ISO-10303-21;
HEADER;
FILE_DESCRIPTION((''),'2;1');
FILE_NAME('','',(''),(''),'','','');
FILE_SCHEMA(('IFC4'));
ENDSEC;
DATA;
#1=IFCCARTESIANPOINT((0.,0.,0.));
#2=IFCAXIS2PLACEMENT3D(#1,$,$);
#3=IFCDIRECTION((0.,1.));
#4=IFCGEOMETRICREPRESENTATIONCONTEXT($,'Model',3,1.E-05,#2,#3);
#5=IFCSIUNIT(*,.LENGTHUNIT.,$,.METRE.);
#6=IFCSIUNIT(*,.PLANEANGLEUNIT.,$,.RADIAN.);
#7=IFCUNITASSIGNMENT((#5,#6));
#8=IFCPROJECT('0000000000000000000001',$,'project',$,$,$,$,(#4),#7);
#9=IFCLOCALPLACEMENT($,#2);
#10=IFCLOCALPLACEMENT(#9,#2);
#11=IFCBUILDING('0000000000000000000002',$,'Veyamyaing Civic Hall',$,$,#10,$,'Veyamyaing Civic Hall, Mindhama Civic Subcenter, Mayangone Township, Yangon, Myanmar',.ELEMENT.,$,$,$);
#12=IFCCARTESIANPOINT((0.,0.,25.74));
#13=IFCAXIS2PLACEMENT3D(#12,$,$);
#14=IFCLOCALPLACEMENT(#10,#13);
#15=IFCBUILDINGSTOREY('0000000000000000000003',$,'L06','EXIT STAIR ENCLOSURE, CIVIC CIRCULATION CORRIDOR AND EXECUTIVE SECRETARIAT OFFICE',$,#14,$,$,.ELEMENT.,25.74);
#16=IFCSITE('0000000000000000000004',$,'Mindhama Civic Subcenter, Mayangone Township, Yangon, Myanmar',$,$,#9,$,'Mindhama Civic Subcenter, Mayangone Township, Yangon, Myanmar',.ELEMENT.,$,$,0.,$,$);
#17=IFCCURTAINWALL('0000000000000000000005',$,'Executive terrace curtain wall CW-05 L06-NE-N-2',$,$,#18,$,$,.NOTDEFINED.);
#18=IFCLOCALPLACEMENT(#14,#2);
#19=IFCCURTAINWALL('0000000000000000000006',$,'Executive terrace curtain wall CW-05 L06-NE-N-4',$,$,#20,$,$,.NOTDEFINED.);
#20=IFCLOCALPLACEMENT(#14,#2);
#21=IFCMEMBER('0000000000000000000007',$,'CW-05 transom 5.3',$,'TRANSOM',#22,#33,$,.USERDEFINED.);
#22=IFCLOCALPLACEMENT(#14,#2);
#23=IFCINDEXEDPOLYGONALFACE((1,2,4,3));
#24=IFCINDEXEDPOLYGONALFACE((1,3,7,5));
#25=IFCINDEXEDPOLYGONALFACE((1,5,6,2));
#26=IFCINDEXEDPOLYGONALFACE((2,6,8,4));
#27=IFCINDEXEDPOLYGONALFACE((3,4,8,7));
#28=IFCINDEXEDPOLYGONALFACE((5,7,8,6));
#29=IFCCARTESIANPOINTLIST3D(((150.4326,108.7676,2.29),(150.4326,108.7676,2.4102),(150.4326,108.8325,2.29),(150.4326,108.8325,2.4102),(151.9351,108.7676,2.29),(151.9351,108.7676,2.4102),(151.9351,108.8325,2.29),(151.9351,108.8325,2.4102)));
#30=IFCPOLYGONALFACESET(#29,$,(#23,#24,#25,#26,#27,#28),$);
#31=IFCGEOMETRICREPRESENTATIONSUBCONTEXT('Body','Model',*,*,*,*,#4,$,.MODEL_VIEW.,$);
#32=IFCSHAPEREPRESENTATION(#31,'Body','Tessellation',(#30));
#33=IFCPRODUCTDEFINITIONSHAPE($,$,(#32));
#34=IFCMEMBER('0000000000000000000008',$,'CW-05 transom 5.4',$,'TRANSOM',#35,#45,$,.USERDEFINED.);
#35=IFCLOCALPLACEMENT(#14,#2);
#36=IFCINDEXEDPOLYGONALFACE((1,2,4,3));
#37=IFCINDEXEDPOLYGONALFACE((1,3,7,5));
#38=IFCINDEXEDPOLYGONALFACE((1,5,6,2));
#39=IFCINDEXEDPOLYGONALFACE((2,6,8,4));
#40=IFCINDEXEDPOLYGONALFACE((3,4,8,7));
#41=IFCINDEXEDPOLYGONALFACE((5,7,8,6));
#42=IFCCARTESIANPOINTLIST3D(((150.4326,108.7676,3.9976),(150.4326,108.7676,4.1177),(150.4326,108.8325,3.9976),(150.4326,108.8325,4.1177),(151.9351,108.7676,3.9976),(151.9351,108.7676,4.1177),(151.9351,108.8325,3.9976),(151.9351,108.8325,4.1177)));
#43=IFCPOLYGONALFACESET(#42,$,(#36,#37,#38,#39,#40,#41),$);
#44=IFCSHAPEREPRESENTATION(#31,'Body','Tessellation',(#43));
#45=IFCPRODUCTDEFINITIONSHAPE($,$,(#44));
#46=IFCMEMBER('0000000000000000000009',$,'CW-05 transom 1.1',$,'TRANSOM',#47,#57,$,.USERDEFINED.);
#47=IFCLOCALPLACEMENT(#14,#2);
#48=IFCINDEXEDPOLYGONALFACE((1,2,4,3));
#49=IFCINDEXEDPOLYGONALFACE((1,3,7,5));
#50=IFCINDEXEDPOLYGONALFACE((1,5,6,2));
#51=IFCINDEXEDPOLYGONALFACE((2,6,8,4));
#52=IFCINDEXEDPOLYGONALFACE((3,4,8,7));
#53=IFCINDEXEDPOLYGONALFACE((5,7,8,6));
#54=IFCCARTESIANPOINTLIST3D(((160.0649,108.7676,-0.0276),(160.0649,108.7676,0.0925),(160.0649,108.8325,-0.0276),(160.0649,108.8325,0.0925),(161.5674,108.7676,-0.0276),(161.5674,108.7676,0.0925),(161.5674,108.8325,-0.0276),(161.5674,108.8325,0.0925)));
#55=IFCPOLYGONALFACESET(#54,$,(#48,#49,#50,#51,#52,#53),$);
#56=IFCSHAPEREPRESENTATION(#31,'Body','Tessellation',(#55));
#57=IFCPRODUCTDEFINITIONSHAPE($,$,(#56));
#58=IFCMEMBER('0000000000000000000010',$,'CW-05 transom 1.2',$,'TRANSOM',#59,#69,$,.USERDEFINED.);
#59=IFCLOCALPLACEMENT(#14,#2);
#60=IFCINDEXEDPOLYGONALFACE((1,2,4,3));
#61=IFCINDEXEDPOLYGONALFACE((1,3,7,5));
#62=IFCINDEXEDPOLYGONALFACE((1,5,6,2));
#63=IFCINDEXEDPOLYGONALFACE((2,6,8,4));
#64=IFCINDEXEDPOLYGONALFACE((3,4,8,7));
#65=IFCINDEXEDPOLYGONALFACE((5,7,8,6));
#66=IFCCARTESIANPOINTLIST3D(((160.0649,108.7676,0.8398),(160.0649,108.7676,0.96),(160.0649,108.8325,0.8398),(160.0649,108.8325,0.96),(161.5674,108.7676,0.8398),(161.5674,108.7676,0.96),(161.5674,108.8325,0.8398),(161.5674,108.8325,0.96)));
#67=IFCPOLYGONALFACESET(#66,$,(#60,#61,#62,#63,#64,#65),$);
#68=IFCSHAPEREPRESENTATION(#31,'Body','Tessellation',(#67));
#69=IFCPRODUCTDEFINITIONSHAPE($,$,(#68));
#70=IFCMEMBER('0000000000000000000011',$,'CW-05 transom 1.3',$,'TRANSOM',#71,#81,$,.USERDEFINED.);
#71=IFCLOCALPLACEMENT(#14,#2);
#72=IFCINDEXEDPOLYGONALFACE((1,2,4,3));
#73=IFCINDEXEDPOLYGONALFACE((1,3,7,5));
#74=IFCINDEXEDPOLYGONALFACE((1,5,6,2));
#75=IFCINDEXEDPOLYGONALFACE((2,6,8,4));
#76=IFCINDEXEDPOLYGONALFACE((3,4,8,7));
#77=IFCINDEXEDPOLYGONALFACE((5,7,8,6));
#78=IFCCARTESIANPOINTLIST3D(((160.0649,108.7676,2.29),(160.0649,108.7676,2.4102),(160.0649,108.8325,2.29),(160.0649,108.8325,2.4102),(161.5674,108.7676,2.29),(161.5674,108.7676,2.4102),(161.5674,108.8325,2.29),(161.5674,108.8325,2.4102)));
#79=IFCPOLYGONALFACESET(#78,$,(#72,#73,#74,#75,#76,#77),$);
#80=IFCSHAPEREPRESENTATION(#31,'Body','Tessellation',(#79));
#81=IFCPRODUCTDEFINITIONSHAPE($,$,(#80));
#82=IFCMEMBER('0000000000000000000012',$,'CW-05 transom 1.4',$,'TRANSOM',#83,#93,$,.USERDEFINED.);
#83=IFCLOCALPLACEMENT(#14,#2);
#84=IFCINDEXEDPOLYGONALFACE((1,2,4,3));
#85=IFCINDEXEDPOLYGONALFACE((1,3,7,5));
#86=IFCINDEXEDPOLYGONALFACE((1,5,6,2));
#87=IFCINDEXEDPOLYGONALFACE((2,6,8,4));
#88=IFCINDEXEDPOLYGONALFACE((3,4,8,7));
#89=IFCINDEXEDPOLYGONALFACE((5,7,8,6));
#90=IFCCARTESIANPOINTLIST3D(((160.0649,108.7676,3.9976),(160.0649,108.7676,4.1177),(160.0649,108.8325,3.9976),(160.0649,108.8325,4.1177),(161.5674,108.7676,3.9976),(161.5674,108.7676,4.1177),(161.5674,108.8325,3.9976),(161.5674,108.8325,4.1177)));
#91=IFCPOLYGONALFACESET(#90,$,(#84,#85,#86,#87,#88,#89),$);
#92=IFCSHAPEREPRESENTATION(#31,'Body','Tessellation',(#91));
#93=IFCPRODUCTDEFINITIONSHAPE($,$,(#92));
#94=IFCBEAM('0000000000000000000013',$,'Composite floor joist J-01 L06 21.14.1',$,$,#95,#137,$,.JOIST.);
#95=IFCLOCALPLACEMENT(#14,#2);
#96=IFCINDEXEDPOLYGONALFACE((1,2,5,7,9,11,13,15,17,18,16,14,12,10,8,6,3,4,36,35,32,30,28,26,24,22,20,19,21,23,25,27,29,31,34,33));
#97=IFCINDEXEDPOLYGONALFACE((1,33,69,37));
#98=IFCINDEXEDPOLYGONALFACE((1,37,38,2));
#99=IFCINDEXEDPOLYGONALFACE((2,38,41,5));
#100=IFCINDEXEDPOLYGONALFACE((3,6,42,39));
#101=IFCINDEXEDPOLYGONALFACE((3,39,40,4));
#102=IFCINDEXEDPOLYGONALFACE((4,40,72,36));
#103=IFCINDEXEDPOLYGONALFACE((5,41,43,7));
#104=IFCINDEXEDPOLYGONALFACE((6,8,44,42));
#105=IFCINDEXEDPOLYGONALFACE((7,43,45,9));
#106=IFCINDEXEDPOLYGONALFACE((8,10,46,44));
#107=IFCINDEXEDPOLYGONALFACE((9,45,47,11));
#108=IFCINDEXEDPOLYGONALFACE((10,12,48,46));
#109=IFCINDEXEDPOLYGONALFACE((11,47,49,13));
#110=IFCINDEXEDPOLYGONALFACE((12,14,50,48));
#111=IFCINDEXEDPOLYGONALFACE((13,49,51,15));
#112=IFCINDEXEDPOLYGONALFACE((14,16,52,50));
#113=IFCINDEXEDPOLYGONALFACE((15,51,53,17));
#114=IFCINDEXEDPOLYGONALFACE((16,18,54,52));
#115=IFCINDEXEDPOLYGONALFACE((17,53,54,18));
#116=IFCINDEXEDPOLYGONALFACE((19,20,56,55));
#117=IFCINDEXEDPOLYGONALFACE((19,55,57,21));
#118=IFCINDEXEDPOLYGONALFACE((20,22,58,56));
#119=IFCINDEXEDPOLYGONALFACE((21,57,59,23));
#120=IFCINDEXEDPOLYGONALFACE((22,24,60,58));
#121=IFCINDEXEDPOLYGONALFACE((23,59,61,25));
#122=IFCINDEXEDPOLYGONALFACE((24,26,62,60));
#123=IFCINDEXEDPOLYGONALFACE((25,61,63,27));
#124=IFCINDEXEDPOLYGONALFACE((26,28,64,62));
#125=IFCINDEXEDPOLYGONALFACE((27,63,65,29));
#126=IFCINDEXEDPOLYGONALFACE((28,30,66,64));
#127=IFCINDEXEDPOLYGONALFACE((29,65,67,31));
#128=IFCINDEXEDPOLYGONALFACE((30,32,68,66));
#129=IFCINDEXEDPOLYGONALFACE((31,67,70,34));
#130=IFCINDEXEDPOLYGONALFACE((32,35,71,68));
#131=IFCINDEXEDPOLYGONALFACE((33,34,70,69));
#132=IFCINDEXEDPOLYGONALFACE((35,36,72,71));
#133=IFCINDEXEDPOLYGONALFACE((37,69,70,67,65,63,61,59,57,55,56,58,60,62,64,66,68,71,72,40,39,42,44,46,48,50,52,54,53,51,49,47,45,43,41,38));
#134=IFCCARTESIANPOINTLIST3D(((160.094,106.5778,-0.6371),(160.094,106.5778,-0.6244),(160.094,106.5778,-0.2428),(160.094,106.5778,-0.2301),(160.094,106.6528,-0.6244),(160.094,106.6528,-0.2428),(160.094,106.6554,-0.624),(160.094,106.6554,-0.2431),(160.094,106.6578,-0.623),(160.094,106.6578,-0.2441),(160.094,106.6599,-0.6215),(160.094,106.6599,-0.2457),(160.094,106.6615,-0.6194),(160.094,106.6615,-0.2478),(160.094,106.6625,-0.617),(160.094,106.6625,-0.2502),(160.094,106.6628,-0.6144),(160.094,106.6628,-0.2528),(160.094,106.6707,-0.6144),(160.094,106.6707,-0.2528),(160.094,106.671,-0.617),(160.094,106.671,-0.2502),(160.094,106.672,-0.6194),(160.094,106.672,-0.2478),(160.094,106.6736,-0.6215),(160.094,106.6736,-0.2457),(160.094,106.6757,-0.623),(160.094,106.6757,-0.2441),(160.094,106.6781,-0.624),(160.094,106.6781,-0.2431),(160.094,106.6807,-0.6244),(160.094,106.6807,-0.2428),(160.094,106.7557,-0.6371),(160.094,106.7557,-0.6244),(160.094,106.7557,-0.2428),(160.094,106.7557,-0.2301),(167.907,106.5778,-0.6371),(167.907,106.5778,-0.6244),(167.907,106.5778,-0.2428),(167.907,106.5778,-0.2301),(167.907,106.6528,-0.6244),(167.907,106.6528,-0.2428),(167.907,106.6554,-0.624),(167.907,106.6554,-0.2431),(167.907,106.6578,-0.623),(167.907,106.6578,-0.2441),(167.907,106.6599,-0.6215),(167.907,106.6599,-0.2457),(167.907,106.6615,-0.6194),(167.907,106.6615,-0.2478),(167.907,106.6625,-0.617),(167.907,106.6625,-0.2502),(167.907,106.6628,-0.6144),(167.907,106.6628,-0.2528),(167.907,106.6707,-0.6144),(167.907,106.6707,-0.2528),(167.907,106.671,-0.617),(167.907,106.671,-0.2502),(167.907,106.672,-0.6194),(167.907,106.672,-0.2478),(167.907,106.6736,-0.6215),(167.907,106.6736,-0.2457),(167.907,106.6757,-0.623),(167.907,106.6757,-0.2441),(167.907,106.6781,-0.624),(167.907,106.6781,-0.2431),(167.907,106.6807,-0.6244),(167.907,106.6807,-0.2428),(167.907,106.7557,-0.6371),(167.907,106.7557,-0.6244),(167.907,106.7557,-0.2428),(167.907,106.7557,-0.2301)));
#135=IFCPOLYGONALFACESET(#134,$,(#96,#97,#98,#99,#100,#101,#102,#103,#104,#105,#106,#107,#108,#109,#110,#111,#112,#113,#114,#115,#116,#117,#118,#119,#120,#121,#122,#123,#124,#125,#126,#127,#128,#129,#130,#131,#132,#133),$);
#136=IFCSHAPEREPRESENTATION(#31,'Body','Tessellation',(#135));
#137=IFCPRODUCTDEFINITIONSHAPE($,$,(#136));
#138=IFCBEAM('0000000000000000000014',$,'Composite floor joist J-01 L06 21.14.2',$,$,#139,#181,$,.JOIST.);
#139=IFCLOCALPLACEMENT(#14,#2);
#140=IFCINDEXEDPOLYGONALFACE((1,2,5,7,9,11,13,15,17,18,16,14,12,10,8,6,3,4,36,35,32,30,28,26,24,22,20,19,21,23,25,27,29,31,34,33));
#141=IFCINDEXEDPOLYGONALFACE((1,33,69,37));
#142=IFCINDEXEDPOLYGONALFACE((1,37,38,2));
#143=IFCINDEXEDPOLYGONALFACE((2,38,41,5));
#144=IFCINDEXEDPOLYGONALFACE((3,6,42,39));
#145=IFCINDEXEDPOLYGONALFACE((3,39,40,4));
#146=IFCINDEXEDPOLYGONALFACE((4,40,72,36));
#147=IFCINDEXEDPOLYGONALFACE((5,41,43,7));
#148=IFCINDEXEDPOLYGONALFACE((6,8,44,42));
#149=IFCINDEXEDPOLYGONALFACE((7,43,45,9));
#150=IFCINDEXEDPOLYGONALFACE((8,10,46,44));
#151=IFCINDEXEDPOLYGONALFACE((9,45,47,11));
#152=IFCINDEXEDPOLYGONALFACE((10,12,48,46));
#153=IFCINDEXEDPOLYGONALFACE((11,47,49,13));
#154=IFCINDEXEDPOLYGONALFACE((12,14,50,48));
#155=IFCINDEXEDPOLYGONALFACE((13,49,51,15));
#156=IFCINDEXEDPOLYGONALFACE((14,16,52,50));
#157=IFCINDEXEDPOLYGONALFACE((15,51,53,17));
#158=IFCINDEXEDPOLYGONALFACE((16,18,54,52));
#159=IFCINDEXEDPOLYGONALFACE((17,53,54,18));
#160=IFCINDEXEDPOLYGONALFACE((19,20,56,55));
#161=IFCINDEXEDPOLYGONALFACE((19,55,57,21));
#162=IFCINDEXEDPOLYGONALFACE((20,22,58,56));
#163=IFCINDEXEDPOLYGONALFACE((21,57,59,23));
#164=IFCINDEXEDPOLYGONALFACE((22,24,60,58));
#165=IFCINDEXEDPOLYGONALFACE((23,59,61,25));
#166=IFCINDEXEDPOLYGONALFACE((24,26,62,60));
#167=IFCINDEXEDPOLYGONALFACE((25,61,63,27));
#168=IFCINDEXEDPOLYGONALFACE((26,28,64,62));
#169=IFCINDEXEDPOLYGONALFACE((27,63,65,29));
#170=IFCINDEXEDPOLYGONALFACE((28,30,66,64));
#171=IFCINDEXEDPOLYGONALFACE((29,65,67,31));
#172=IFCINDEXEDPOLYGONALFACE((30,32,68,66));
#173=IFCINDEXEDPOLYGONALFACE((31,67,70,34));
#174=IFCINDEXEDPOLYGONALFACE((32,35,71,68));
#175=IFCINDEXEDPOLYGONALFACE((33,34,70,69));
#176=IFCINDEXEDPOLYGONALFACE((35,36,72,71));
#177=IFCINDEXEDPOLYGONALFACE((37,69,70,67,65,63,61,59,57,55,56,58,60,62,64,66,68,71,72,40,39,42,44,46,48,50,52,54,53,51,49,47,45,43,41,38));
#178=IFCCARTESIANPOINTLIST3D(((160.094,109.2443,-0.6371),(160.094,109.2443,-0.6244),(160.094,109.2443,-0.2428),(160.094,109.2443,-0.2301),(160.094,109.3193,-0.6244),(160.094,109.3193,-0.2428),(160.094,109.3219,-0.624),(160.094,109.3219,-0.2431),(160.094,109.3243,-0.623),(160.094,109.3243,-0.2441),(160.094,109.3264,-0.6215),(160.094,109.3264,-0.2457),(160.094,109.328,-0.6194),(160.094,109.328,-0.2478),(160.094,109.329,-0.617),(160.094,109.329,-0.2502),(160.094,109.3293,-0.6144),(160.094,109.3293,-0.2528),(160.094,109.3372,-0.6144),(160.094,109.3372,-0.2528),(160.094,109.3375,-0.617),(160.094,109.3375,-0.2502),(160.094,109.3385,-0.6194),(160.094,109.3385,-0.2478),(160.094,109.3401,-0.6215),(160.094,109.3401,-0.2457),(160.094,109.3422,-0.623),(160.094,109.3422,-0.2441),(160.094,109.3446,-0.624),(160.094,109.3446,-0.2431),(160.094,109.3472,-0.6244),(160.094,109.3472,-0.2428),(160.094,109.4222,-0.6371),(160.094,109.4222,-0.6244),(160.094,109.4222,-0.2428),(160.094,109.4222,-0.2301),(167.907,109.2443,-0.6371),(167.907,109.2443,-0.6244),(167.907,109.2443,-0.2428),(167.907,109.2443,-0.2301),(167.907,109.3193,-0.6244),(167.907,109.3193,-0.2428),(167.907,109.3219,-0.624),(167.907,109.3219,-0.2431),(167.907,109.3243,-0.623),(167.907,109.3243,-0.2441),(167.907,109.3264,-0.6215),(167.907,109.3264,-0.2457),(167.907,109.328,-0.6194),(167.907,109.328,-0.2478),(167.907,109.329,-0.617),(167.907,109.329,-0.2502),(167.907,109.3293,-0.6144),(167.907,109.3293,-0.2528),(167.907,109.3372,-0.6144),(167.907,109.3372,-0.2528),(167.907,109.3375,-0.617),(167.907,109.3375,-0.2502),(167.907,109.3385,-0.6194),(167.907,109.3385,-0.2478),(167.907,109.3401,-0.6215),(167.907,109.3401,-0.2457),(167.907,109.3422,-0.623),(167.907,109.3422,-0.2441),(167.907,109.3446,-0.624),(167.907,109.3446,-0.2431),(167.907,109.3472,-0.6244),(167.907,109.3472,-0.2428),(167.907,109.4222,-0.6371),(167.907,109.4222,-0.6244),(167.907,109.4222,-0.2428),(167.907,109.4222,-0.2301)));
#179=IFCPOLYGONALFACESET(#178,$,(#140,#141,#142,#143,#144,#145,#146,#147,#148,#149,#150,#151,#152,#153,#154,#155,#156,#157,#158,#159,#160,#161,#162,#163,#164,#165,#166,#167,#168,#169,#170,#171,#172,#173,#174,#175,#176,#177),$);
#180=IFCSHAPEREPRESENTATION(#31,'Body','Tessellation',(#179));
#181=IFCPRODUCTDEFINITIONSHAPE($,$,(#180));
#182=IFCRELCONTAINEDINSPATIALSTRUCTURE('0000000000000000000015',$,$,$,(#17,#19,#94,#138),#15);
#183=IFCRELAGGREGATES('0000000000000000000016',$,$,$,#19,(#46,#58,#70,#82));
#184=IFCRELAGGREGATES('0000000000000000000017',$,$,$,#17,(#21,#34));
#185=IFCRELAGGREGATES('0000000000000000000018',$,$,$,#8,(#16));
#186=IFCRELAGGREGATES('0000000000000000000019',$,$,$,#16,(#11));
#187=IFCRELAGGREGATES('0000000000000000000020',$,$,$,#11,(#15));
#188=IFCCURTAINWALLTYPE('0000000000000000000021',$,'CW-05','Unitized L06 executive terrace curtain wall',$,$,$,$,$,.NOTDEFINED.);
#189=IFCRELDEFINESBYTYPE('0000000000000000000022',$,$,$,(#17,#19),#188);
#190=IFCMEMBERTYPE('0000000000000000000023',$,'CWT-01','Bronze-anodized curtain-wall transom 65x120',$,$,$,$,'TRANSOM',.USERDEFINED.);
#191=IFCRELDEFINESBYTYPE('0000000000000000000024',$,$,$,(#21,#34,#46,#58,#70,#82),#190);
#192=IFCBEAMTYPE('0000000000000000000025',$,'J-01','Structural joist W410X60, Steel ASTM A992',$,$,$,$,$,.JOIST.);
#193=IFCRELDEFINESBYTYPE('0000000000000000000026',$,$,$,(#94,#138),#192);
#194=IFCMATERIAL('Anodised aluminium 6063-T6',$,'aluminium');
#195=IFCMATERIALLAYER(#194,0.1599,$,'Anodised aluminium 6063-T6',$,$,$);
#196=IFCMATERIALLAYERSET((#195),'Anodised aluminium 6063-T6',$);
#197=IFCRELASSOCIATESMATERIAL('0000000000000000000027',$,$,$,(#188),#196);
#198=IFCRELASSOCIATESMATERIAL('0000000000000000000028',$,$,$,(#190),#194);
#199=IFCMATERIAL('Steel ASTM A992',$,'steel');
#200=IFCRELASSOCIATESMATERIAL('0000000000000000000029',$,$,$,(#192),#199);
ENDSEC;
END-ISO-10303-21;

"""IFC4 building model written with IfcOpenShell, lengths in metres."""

from ifc_helpers import new_model, si_unit, direction, frame, origin, origin_2d, place, context, subcontext, project, spatial, rectangle, i_section, extrude, material, layer, layer_set, material_profile, profile_set, type_object, element, aggregate, save


model = new_model("IFC4")

# Units and contexts
model_context = context("Model", 3, precision=1e-05, world=origin(), true_north=direction((0.0, 1.0)))
body_context = subcontext(model_context, "Body", "Model", "MODEL_VIEW")
ifc_project = project(units=[si_unit("LENGTHUNIT", "METRE"), si_unit("PLANEANGLEUNIT", "RADIAN")], contexts=[model_context])

# Site, building, storey
site_placement = place(None, origin())
site = spatial("IfcSite", under=ifc_project, at=site_placement, Name="Mindhama Civic Subcenter, Mayangone Township, Yangon, Myanmar", LongName="Mindhama Civic Subcenter, Mayangone Township, Yangon, Myanmar", CompositionType="ELEMENT", RefElevation=0.0)
building_placement = place(site_placement, origin())
building = spatial("IfcBuilding", under=site, at=building_placement, Name="Veyamyaing Civic Hall", LongName="Veyamyaing Civic Hall, Mindhama Civic Subcenter, Mayangone Township, Yangon, Myanmar", CompositionType="ELEMENT")
storey_placement = place(building_placement, frame((0.0, 0.0, 25.74)))
storey = spatial("IfcBuildingStorey", under=building, at=storey_placement, Name="L06", Description="EXIT STAIR ENCLOSURE, CIVIC CIRCULATION CORRIDOR AND EXECUTIVE SECRETARIAT OFFICE", CompositionType="ELEMENT", Elevation=25.74)

# Shared definitions
ifc_material_1 = material(Name="Steel ASTM A992", Category="steel")

# Curtain walls
ifc_material_2 = material(Name="Anodised aluminium 6063-T6", Category="aluminium")
ifc_layer_1 = layer(ifc_material_2, 0.1599, Name="Anodised aluminium 6063-T6")
ifc_layer_set_1 = layer_set([ifc_layer_1], Name="Anodised aluminium 6063-T6")
curtain_wall_type = type_object("IfcCurtainWallType", Name="CW-05", Description="Unitized L06 executive terrace curtain wall", PredefinedType="NOTDEFINED", material=ifc_layer_set_1)
curtain_wall_1_placement = place(storey_placement, origin())
curtain_wall_1 = element("IfcCurtainWall", 1, at=curtain_wall_1_placement, inside=storey, type_object=curtain_wall_type, Name="Executive terrace curtain wall CW-05 L06-NE-N-2", PredefinedType="NOTDEFINED")
curtain_wall_2_placement = place(storey_placement, origin())
curtain_wall_2 = element("IfcCurtainWall", 2, at=curtain_wall_2_placement, inside=storey, type_object=curtain_wall_type, Name="Executive terrace curtain wall CW-05 L06-NE-N-4", PredefinedType="NOTDEFINED")

# Members
ifc_material_profile_1 = material_profile(ifc_material_2, rectangle(XDim=0.0649, YDim=0.1201, at=origin_2d()), Name="ALU-TRN-65X120")
ifc_profile_set_1 = profile_set([ifc_material_profile_1], Name="Anodised aluminium 6063-T6")
member_type_1 = type_object("IfcMemberType", Name="CWT-01", Description="Bronze-anodized curtain-wall transom 65x120", ElementType="TRANSOM", PredefinedType="USERDEFINED", material=ifc_profile_set_1)
member_1_placement = place(storey_placement, frame((150.4326, 108.8, 2.3501), z_axis=(1.0, 0.0, 0.0), x_axis=(0.0, 1.0, 0.0)))
member_1 = element("IfcMember", 3, at=member_1_placement, type_object=member_type_1, Name="CW-05 transom 5.3", ObjectType="TRANSOM", PredefinedType="USERDEFINED", context=body_context, shape_type="SweptSolid", body=[
    extrude(rectangle(XDim=0.0649, YDim=0.1201, at=origin_2d()), origin(), (0.0, 0.0, 1.0), 1.5024),
])
member_2_placement = place(storey_placement, frame((150.4326, 108.8, 4.0576), z_axis=(1.0, 0.0, 0.0), x_axis=(0.0, 1.0, 0.0)))
member_2 = element("IfcMember", 4, at=member_2_placement, type_object=member_type_1, Name="CW-05 transom 5.4", ObjectType="TRANSOM", PredefinedType="USERDEFINED", context=body_context, shape_type="SweptSolid", body=[
    extrude(rectangle(XDim=0.0649, YDim=0.1201, at=origin_2d()), origin(), (0.0, 0.0, 1.0), 1.5024),
])
member_3_placement = place(storey_placement, frame((160.0649, 108.8, 0.0325), z_axis=(1.0, 0.0, 0.0), x_axis=(0.0, 1.0, 0.0)))
member_3 = element("IfcMember", 5, at=member_3_placement, type_object=member_type_1, Name="CW-05 transom 1.1", ObjectType="TRANSOM", PredefinedType="USERDEFINED", context=body_context, shape_type="SweptSolid", body=[
    extrude(rectangle(XDim=0.0649, YDim=0.1201, at=origin_2d()), origin(), (0.0, 0.0, 1.0), 1.5024),
])
member_4_placement = place(storey_placement, frame((160.0649, 108.8, 0.8999), z_axis=(1.0, 0.0, 0.0), x_axis=(0.0, 1.0, 0.0)))
member_4 = element("IfcMember", 6, at=member_4_placement, type_object=member_type_1, Name="CW-05 transom 1.2", ObjectType="TRANSOM", PredefinedType="USERDEFINED", context=body_context, shape_type="SweptSolid", body=[
    extrude(rectangle(XDim=0.0649, YDim=0.1201, at=origin_2d()), origin(), (0.0, 0.0, 1.0), 1.5024),
])
member_5_placement = place(storey_placement, frame((160.0649, 108.8, 2.3501), z_axis=(1.0, 0.0, 0.0), x_axis=(0.0, 1.0, 0.0)))
member_5 = element("IfcMember", 7, at=member_5_placement, type_object=member_type_1, Name="CW-05 transom 1.3", ObjectType="TRANSOM", PredefinedType="USERDEFINED", context=body_context, shape_type="SweptSolid", body=[
    extrude(rectangle(XDim=0.0649, YDim=0.1201, at=origin_2d()), origin(), (0.0, 0.0, 1.0), 1.5024),
])
member_6_placement = place(storey_placement, frame((160.0649, 108.8, 4.0576), z_axis=(1.0, 0.0, 0.0), x_axis=(0.0, 1.0, 0.0)))
member_6 = element("IfcMember", 8, at=member_6_placement, type_object=member_type_1, Name="CW-05 transom 1.4", ObjectType="TRANSOM", PredefinedType="USERDEFINED", context=body_context, shape_type="SweptSolid", body=[
    extrude(rectangle(XDim=0.0649, YDim=0.1201, at=origin_2d()), origin(), (0.0, 0.0, 1.0), 1.5024),
])
aggregate(curtain_wall_2, [member_3, member_4, member_5, member_6])

# Beams
ifc_material_profile_2 = material_profile(ifc_material_1, i_section(OverallWidth=0.178, OverallDepth=0.407, WebThickness=0.0078, FlangeThickness=0.0127, FilletRadius=0.01, at=origin_2d()), Name="W410X60")
ifc_profile_set_2 = profile_set([ifc_material_profile_2], Name="Steel ASTM A992")
beam_type_1 = type_object("IfcBeamType", Name="J-01", Description="Structural joist W410X60, Steel ASTM A992", PredefinedType="JOIST", material=ifc_profile_set_2)
for number, where, z_axis, x_axis, name in (
    (9, (160.094, 106.6667, -0.4336), (1.0, 0.0, 0.0), (0.0, 1.0, 0.0), "Composite floor joist J-01 L06 21.14.1"),
    (10, (160.094, 109.3333, -0.4336), (1.0, 0.0, 0.0), (0.0, 1.0, 0.0), "Composite floor joist J-01 L06 21.14.2"),
):
    element("IfcBeam", number, at=place(storey_placement, frame(where, z_axis=z_axis, x_axis=x_axis)), inside=storey, type_object=beam_type_1, Name=name, PredefinedType="JOIST", context=body_context, shape_type="SweptSolid", body=[
        extrude(i_section(OverallWidth=0.178, OverallDepth=0.407, WebThickness=0.0078, FlangeThickness=0.0127, FilletRadius=0.01, at=origin_2d()), origin(), (0.0, 0.0, 1.0), 7.813),
    ])

aggregate(curtain_wall_1, [member_1, member_2])

save(model, "model.ifc")
